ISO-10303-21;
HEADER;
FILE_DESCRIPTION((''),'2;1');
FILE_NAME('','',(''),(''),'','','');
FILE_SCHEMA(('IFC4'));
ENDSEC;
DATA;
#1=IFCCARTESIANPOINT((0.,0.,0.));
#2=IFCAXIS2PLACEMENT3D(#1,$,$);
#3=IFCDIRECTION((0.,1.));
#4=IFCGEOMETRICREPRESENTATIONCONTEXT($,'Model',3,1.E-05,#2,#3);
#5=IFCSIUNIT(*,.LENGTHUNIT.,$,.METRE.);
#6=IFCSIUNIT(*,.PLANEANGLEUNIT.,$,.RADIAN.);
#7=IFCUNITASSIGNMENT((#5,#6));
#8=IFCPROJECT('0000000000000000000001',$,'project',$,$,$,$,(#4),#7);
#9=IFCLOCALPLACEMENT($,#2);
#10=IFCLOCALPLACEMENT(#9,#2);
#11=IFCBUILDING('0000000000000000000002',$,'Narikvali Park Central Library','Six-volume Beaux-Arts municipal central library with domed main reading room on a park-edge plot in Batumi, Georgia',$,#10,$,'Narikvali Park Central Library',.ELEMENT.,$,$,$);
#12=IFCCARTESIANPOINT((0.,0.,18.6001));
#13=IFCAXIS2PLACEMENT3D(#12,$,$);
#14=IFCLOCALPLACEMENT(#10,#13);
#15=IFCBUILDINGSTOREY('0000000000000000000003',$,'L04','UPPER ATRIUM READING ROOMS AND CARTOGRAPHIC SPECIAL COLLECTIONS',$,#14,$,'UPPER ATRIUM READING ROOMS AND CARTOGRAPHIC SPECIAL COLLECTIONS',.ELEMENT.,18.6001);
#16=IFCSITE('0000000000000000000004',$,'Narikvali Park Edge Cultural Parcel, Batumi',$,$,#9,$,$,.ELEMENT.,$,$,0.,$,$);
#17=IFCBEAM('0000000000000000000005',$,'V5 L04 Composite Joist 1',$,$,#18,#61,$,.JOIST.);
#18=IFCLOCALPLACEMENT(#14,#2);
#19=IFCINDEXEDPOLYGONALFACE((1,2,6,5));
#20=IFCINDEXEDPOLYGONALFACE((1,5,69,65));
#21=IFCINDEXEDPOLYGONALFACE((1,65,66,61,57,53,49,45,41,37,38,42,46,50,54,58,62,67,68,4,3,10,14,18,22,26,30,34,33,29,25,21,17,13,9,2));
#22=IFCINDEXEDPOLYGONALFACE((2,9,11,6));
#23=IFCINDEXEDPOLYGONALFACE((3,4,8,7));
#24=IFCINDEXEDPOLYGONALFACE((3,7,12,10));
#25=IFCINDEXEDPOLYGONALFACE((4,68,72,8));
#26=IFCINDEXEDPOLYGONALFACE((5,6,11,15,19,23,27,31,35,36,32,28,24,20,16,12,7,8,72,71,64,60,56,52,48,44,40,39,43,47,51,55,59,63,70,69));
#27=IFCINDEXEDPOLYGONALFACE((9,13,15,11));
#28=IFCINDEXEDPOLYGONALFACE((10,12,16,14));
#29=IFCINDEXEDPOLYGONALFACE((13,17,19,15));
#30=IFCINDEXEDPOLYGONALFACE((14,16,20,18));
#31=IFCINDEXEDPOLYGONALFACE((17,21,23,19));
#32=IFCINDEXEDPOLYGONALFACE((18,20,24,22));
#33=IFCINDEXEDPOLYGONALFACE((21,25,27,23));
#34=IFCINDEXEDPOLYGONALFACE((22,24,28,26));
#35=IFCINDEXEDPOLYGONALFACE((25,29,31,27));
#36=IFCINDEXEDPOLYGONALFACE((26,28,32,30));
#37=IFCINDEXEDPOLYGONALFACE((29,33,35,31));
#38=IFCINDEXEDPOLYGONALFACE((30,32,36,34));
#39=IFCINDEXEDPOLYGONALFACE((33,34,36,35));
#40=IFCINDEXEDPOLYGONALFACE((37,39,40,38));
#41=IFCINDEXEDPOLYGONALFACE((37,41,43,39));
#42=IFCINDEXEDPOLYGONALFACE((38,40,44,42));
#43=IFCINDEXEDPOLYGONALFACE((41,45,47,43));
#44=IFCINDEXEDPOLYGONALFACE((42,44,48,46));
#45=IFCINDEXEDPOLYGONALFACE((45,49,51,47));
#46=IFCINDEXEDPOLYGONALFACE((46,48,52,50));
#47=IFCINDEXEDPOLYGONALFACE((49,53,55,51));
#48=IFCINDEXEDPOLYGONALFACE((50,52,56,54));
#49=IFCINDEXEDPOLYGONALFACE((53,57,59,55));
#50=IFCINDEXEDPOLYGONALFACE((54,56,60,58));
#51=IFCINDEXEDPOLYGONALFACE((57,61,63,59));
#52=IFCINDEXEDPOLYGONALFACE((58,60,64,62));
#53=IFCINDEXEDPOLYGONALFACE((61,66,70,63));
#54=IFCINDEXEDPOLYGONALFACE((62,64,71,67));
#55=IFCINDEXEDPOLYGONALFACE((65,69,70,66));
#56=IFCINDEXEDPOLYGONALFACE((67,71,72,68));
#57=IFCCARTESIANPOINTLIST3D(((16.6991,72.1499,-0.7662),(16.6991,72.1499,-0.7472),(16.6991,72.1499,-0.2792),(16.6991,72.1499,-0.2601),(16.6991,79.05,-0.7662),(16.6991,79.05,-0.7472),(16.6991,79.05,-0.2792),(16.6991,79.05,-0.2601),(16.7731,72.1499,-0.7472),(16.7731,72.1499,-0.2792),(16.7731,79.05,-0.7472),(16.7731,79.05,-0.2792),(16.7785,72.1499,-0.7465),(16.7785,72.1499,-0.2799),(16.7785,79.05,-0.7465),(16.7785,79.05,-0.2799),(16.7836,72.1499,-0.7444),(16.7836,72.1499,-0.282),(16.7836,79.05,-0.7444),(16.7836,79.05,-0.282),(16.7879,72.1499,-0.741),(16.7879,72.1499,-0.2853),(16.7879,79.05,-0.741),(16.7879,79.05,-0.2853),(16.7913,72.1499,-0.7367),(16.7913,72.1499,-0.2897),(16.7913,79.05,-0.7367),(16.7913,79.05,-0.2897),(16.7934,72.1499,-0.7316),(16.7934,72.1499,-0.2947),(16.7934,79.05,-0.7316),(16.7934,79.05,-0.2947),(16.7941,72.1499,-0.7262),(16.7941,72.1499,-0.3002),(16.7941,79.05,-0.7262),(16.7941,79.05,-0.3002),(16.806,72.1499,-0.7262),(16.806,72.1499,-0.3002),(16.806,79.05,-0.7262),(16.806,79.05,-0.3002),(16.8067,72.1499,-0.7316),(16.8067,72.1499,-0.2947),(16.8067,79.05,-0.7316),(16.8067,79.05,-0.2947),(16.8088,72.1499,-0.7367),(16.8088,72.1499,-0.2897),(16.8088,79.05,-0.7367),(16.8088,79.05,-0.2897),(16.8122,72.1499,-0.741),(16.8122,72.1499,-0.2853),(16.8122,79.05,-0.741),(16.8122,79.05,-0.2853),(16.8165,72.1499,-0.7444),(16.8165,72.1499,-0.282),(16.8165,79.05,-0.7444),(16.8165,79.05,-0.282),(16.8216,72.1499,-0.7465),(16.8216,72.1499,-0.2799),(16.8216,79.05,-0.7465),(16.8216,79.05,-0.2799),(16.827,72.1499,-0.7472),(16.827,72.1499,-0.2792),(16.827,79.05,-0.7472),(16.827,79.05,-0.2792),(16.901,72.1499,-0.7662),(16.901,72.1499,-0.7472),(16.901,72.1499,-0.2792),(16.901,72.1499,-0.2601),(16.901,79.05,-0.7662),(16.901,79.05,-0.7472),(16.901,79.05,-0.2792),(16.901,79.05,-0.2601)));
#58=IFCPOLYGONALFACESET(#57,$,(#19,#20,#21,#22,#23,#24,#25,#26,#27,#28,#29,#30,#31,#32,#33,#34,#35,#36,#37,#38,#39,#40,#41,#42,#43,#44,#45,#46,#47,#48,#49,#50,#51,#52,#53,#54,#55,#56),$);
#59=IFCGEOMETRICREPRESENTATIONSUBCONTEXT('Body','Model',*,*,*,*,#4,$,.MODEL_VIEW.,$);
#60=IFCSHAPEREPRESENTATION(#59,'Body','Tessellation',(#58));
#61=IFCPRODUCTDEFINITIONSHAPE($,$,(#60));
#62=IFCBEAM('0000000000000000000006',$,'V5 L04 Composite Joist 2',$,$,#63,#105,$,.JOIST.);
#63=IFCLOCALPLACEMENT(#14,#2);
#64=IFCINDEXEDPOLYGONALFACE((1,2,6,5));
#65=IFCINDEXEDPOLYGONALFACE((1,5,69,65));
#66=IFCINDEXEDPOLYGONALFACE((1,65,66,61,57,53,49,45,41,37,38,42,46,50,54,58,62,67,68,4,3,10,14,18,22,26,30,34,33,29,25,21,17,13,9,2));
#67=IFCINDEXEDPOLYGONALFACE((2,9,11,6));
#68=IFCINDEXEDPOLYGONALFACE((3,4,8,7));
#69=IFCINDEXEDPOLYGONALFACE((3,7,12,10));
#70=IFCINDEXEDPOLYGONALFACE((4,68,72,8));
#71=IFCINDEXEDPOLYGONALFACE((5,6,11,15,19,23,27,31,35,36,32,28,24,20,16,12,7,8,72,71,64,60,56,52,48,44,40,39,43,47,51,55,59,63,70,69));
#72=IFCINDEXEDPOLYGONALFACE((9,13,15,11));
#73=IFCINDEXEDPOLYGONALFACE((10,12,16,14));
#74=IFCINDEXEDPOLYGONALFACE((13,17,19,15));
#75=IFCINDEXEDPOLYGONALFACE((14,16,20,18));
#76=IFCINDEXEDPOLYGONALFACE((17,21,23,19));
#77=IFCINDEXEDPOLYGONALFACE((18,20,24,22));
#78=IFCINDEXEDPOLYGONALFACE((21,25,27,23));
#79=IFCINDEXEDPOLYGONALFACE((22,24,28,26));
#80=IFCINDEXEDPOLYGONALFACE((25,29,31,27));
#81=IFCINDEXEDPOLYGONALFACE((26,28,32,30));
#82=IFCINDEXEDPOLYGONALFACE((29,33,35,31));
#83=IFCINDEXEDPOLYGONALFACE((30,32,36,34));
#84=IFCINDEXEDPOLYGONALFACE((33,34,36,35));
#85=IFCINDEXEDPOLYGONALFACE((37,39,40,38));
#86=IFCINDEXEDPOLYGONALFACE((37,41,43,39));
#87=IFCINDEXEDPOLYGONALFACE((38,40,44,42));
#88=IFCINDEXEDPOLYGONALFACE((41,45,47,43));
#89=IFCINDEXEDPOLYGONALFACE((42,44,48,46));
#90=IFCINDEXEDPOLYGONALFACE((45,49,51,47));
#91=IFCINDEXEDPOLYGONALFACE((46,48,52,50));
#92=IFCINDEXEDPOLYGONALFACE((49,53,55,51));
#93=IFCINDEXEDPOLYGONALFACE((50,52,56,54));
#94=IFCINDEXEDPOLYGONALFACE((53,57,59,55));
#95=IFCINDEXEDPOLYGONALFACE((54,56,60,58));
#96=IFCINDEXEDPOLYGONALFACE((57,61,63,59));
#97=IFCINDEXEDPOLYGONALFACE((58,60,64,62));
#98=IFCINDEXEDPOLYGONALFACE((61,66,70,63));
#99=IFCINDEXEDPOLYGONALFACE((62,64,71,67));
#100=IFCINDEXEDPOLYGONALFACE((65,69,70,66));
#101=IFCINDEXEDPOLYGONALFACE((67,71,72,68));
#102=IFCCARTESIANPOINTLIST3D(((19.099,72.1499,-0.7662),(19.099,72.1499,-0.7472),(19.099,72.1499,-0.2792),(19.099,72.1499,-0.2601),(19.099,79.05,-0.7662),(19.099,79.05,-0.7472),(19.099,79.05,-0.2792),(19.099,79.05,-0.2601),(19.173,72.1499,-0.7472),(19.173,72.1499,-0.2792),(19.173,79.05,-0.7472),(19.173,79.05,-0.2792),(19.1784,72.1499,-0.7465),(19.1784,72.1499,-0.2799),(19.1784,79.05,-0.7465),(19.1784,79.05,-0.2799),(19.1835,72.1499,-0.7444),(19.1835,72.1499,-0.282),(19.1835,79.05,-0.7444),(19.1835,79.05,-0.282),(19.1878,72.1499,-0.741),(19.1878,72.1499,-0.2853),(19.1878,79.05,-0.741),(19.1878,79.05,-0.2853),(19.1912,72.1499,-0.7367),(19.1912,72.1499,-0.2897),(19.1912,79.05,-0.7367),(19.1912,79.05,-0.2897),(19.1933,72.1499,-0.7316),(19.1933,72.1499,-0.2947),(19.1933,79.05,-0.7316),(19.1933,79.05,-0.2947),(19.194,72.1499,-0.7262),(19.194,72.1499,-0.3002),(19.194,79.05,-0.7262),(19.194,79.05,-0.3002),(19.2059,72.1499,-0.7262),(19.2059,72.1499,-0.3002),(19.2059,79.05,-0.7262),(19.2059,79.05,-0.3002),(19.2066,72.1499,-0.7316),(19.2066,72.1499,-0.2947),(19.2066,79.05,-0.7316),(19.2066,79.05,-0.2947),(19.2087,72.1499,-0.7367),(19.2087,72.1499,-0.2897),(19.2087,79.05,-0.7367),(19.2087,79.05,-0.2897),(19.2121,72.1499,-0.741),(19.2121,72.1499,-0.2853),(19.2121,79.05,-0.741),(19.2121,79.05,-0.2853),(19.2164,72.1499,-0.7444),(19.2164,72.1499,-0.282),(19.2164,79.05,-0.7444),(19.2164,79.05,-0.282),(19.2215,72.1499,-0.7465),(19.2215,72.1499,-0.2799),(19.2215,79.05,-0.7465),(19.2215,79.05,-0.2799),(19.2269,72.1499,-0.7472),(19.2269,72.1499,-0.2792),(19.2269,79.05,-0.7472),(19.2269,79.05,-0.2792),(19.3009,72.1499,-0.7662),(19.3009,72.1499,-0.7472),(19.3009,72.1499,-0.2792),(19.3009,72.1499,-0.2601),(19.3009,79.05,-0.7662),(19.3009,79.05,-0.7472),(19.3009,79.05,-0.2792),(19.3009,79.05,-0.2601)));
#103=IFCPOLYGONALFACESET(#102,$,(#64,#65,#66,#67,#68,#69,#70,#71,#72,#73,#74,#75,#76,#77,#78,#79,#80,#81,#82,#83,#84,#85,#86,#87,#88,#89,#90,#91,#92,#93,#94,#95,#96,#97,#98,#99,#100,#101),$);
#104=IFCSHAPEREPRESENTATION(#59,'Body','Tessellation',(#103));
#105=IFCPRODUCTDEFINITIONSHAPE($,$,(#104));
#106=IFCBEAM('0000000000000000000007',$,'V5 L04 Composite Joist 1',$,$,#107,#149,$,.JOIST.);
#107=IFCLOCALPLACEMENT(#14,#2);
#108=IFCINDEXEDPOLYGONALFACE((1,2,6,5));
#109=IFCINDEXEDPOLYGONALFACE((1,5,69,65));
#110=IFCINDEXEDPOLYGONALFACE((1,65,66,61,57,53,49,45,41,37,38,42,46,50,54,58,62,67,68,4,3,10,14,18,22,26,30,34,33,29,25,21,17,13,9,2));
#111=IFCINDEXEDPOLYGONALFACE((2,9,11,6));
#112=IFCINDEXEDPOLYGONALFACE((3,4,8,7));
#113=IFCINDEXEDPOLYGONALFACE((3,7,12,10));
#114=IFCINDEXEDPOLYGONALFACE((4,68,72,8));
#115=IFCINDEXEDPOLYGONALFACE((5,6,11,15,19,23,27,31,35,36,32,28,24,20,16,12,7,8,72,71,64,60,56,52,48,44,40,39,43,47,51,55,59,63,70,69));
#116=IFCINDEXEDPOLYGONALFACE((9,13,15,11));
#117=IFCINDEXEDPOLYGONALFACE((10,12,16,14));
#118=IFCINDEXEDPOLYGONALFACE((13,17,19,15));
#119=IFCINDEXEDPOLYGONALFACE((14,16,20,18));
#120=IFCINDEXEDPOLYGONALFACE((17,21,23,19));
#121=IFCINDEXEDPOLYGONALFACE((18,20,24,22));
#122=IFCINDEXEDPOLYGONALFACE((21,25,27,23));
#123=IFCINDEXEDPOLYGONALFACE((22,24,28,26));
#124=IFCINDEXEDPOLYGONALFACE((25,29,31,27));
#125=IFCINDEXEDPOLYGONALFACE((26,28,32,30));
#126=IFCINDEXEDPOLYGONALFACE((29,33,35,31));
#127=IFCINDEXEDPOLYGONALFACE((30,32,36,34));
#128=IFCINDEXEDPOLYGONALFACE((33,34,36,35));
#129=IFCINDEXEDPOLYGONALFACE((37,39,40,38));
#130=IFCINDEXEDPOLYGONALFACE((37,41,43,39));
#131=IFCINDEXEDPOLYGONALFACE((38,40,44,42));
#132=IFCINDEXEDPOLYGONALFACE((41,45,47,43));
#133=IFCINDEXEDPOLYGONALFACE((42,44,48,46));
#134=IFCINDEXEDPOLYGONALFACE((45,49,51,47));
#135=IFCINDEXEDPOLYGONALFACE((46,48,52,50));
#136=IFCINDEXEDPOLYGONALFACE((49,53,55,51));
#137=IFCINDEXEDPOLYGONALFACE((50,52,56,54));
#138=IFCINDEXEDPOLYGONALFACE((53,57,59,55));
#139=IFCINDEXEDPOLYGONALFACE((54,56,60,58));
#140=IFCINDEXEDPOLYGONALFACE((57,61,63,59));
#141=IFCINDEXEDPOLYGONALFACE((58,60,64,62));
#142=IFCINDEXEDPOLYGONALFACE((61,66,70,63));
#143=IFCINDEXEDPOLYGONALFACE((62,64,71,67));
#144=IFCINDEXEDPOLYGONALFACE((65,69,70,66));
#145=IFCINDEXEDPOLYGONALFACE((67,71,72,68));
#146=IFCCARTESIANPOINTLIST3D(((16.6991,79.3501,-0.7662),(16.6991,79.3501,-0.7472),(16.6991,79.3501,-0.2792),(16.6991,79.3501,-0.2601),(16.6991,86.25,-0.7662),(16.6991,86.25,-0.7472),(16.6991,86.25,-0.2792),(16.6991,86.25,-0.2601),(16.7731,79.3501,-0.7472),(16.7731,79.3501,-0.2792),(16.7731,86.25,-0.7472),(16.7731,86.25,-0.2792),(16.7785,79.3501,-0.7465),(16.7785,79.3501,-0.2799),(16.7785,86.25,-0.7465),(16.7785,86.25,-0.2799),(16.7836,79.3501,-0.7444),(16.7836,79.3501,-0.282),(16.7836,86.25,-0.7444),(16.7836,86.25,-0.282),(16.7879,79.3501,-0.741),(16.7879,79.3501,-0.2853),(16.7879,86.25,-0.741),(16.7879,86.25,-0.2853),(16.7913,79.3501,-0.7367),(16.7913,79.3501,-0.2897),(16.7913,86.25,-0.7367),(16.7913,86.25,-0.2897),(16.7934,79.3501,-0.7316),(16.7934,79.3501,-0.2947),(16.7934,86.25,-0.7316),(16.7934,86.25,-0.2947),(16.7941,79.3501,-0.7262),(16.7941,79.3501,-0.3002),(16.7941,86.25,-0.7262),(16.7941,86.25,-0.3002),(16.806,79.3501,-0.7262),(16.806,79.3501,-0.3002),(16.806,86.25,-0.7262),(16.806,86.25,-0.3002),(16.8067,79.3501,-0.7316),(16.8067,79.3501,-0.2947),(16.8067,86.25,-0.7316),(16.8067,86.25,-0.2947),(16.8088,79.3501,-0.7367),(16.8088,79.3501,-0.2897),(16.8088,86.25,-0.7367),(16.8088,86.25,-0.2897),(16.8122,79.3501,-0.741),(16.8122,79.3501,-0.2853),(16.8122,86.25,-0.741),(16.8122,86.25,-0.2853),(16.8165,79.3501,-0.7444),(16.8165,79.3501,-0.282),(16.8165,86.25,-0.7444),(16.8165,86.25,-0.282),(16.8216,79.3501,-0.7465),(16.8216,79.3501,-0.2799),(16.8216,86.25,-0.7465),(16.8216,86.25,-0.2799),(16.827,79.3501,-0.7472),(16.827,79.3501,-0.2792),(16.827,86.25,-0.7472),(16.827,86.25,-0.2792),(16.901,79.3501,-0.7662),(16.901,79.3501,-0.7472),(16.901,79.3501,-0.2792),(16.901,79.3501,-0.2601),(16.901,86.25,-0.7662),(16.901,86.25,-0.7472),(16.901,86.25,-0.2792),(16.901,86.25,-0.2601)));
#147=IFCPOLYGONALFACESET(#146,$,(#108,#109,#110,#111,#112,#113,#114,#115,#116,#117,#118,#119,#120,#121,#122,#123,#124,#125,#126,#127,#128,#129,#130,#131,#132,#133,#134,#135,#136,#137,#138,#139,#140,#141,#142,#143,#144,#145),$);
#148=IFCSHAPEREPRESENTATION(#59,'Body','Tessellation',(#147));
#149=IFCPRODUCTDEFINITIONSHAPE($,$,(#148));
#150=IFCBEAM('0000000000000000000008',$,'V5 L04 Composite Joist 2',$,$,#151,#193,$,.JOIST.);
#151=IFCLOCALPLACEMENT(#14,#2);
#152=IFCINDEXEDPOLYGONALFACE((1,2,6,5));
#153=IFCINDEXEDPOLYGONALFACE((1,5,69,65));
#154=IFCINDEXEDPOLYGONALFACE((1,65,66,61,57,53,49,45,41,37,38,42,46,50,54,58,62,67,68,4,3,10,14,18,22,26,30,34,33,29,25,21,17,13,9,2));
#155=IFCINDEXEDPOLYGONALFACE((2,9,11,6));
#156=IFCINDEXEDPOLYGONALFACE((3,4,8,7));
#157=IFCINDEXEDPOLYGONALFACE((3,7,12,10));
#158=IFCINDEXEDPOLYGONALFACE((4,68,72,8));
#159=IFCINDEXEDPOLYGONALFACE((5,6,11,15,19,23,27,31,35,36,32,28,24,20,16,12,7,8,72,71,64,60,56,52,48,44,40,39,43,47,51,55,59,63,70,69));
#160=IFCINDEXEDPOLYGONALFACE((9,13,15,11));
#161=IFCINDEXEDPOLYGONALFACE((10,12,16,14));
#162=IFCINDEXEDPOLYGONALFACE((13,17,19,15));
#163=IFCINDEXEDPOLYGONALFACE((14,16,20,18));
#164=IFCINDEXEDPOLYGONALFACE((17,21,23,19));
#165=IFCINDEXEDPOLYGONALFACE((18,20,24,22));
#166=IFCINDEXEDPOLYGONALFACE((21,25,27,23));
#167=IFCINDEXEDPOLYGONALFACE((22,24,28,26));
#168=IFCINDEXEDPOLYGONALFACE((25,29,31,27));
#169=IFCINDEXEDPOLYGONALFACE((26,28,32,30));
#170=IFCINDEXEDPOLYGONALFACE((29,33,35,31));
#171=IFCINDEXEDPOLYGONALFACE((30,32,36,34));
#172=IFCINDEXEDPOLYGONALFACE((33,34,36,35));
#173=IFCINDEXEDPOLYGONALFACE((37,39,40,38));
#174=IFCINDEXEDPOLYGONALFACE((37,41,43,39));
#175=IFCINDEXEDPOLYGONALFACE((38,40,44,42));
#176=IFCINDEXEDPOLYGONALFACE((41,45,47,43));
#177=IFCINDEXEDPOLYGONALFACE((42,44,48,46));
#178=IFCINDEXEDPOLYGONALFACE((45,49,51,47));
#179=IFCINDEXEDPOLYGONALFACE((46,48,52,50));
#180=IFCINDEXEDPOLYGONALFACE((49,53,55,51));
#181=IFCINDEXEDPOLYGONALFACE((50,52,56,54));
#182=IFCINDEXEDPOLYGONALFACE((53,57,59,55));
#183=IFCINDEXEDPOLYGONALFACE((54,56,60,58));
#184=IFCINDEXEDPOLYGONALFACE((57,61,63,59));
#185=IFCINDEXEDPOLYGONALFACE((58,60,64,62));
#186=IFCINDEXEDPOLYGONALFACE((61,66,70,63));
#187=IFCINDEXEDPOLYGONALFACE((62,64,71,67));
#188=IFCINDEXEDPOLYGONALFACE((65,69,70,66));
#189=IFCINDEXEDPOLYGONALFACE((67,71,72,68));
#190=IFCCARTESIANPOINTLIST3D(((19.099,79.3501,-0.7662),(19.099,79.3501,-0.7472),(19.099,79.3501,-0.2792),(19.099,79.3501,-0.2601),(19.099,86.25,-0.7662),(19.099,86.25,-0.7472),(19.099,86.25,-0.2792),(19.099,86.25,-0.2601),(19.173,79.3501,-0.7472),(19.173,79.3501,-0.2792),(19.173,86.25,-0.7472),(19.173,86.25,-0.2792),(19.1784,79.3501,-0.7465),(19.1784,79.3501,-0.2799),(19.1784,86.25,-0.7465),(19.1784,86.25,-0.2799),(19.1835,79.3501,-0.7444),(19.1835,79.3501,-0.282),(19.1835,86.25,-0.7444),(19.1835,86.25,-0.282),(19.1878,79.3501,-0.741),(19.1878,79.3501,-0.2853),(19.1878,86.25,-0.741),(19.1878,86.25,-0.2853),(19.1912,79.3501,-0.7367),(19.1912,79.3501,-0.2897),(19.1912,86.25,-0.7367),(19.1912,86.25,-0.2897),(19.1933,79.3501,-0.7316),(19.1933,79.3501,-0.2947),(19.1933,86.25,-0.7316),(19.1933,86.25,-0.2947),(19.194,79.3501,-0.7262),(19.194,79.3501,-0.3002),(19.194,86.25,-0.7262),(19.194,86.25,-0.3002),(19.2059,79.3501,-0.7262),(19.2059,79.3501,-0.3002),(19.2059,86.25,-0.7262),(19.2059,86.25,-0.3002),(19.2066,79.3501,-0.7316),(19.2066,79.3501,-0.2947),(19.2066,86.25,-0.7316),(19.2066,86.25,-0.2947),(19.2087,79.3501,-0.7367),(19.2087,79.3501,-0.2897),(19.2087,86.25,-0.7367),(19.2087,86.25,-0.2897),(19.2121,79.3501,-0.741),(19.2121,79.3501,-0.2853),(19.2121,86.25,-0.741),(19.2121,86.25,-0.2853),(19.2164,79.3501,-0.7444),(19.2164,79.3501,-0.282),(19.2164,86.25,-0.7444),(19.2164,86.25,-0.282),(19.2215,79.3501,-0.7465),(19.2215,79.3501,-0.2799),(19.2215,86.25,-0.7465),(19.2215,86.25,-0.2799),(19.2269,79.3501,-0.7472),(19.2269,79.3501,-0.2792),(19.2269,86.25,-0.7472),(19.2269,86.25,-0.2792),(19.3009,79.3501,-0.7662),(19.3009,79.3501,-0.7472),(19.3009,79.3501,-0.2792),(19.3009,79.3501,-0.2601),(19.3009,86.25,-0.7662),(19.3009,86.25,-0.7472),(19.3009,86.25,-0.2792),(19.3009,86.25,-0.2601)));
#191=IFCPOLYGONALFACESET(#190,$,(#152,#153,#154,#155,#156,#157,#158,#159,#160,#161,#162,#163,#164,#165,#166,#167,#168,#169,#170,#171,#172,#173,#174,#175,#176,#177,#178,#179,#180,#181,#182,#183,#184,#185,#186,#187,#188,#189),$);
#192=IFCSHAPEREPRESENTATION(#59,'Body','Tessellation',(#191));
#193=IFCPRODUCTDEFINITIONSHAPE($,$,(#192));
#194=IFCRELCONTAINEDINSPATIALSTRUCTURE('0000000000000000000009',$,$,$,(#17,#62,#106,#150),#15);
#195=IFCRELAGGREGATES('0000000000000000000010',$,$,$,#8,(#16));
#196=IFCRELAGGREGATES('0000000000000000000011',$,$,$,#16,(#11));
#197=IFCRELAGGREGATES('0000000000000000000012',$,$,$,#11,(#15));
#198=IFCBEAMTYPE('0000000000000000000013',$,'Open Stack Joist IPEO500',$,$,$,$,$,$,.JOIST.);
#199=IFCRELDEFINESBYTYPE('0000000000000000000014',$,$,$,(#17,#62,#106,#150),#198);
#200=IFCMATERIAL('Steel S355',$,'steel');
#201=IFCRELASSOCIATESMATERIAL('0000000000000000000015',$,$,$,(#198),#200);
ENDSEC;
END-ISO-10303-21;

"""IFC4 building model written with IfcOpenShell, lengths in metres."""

from ifc_helpers import new_model, si_unit, direction, frame, origin, origin_2d, place, context, subcontext, project, spatial, i_section, extrude, material, material_profile, profile_set, type_object, element, save


model = new_model("IFC4")

# Units and contexts
model_context = context("Model", 3, precision=1e-05, world=origin(), true_north=direction((0.0, 1.0)))
body_context = subcontext(model_context, "Body", "Model", "MODEL_VIEW")
ifc_project = project(units=[si_unit("LENGTHUNIT", "METRE"), si_unit("PLANEANGLEUNIT", "RADIAN")], contexts=[model_context])

# Site, building, storey
site_placement = place(None, origin())
site = spatial("IfcSite", under=ifc_project, at=site_placement, Name="Narikvali Park Edge Cultural Parcel, Batumi", CompositionType="ELEMENT", RefElevation=0.0)
building_placement = place(site_placement, origin())
building = spatial("IfcBuilding", under=site, at=building_placement, Name="Narikvali Park Central Library", Description="Six-volume Beaux-Arts municipal central library with domed main reading room on a park-edge plot in Batumi, Georgia", LongName="Narikvali Park Central Library", CompositionType="ELEMENT")
storey_placement = place(building_placement, frame((0.0, 0.0, 18.6001)))
storey = spatial("IfcBuildingStorey", under=building, at=storey_placement, Name="L04", Description="UPPER ATRIUM READING ROOMS AND CARTOGRAPHIC SPECIAL COLLECTIONS", LongName="UPPER ATRIUM READING ROOMS AND CARTOGRAPHIC SPECIAL COLLECTIONS", CompositionType="ELEMENT", Elevation=18.6001)

# Shared definitions
ifc_material_1 = material(Name="Steel S355", Category="steel")

# Beams
ifc_material_profile_1 = material_profile(ifc_material_1, i_section(OverallWidth=0.2019, OverallDepth=0.5061, WebThickness=0.012, FlangeThickness=0.019, FilletRadius=0.021, at=origin_2d()), Name="IPEO 500")
ifc_profile_set_1 = profile_set([ifc_material_profile_1], Name="Steel S355")
beam_type_1 = type_object("IfcBeamType", Name="Open Stack Joist IPEO500", PredefinedType="JOIST", material=ifc_profile_set_1)
for number, where, z_axis, x_axis, name in (
    (1, (16.8, 72.1499, -0.5132), (0.0, 1.0, 0.0), (-1.0, 0.0, 0.0), "V5 L04 Composite Joist 1"),
    (2, (19.2, 72.1499, -0.5132), (0.0, 1.0, 0.0), (-1.0, 0.0, 0.0), "V5 L04 Composite Joist 2"),
):
    element("IfcBeam", number, at=place(storey_placement, frame(where, z_axis=z_axis, x_axis=x_axis)), inside=storey, type_object=beam_type_1, Name=name, PredefinedType="JOIST", context=body_context, shape_type="SweptSolid", body=[
        extrude(i_section(OverallWidth=0.2019, OverallDepth=0.5061, WebThickness=0.012, FlangeThickness=0.019, FilletRadius=0.021, at=origin_2d()), origin(), (0.0, 0.0, 1.0), 6.9001),
    ])
for number, where, z_axis, x_axis, name in (
    (3, (16.8, 79.3501, -0.5132), (0.0, 1.0, 0.0), (-1.0, 0.0, 0.0), "V5 L04 Composite Joist 1"),
    (4, (19.2, 79.3501, -0.5132), (0.0, 1.0, 0.0), (-1.0, 0.0, 0.0), "V5 L04 Composite Joist 2"),
):
    element("IfcBeam", number, at=place(storey_placement, frame(where, z_axis=z_axis, x_axis=x_axis)), inside=storey, type_object=beam_type_1, Name=name, PredefinedType="JOIST", context=body_context, shape_type="SweptSolid", body=[
        extrude(i_section(OverallWidth=0.2019, OverallDepth=0.5061, WebThickness=0.012, FlangeThickness=0.019, FilletRadius=0.021, at=origin_2d()), origin(), (0.0, 0.0, 1.0), 6.8999),
    ])

save(model, "model.ifc")
